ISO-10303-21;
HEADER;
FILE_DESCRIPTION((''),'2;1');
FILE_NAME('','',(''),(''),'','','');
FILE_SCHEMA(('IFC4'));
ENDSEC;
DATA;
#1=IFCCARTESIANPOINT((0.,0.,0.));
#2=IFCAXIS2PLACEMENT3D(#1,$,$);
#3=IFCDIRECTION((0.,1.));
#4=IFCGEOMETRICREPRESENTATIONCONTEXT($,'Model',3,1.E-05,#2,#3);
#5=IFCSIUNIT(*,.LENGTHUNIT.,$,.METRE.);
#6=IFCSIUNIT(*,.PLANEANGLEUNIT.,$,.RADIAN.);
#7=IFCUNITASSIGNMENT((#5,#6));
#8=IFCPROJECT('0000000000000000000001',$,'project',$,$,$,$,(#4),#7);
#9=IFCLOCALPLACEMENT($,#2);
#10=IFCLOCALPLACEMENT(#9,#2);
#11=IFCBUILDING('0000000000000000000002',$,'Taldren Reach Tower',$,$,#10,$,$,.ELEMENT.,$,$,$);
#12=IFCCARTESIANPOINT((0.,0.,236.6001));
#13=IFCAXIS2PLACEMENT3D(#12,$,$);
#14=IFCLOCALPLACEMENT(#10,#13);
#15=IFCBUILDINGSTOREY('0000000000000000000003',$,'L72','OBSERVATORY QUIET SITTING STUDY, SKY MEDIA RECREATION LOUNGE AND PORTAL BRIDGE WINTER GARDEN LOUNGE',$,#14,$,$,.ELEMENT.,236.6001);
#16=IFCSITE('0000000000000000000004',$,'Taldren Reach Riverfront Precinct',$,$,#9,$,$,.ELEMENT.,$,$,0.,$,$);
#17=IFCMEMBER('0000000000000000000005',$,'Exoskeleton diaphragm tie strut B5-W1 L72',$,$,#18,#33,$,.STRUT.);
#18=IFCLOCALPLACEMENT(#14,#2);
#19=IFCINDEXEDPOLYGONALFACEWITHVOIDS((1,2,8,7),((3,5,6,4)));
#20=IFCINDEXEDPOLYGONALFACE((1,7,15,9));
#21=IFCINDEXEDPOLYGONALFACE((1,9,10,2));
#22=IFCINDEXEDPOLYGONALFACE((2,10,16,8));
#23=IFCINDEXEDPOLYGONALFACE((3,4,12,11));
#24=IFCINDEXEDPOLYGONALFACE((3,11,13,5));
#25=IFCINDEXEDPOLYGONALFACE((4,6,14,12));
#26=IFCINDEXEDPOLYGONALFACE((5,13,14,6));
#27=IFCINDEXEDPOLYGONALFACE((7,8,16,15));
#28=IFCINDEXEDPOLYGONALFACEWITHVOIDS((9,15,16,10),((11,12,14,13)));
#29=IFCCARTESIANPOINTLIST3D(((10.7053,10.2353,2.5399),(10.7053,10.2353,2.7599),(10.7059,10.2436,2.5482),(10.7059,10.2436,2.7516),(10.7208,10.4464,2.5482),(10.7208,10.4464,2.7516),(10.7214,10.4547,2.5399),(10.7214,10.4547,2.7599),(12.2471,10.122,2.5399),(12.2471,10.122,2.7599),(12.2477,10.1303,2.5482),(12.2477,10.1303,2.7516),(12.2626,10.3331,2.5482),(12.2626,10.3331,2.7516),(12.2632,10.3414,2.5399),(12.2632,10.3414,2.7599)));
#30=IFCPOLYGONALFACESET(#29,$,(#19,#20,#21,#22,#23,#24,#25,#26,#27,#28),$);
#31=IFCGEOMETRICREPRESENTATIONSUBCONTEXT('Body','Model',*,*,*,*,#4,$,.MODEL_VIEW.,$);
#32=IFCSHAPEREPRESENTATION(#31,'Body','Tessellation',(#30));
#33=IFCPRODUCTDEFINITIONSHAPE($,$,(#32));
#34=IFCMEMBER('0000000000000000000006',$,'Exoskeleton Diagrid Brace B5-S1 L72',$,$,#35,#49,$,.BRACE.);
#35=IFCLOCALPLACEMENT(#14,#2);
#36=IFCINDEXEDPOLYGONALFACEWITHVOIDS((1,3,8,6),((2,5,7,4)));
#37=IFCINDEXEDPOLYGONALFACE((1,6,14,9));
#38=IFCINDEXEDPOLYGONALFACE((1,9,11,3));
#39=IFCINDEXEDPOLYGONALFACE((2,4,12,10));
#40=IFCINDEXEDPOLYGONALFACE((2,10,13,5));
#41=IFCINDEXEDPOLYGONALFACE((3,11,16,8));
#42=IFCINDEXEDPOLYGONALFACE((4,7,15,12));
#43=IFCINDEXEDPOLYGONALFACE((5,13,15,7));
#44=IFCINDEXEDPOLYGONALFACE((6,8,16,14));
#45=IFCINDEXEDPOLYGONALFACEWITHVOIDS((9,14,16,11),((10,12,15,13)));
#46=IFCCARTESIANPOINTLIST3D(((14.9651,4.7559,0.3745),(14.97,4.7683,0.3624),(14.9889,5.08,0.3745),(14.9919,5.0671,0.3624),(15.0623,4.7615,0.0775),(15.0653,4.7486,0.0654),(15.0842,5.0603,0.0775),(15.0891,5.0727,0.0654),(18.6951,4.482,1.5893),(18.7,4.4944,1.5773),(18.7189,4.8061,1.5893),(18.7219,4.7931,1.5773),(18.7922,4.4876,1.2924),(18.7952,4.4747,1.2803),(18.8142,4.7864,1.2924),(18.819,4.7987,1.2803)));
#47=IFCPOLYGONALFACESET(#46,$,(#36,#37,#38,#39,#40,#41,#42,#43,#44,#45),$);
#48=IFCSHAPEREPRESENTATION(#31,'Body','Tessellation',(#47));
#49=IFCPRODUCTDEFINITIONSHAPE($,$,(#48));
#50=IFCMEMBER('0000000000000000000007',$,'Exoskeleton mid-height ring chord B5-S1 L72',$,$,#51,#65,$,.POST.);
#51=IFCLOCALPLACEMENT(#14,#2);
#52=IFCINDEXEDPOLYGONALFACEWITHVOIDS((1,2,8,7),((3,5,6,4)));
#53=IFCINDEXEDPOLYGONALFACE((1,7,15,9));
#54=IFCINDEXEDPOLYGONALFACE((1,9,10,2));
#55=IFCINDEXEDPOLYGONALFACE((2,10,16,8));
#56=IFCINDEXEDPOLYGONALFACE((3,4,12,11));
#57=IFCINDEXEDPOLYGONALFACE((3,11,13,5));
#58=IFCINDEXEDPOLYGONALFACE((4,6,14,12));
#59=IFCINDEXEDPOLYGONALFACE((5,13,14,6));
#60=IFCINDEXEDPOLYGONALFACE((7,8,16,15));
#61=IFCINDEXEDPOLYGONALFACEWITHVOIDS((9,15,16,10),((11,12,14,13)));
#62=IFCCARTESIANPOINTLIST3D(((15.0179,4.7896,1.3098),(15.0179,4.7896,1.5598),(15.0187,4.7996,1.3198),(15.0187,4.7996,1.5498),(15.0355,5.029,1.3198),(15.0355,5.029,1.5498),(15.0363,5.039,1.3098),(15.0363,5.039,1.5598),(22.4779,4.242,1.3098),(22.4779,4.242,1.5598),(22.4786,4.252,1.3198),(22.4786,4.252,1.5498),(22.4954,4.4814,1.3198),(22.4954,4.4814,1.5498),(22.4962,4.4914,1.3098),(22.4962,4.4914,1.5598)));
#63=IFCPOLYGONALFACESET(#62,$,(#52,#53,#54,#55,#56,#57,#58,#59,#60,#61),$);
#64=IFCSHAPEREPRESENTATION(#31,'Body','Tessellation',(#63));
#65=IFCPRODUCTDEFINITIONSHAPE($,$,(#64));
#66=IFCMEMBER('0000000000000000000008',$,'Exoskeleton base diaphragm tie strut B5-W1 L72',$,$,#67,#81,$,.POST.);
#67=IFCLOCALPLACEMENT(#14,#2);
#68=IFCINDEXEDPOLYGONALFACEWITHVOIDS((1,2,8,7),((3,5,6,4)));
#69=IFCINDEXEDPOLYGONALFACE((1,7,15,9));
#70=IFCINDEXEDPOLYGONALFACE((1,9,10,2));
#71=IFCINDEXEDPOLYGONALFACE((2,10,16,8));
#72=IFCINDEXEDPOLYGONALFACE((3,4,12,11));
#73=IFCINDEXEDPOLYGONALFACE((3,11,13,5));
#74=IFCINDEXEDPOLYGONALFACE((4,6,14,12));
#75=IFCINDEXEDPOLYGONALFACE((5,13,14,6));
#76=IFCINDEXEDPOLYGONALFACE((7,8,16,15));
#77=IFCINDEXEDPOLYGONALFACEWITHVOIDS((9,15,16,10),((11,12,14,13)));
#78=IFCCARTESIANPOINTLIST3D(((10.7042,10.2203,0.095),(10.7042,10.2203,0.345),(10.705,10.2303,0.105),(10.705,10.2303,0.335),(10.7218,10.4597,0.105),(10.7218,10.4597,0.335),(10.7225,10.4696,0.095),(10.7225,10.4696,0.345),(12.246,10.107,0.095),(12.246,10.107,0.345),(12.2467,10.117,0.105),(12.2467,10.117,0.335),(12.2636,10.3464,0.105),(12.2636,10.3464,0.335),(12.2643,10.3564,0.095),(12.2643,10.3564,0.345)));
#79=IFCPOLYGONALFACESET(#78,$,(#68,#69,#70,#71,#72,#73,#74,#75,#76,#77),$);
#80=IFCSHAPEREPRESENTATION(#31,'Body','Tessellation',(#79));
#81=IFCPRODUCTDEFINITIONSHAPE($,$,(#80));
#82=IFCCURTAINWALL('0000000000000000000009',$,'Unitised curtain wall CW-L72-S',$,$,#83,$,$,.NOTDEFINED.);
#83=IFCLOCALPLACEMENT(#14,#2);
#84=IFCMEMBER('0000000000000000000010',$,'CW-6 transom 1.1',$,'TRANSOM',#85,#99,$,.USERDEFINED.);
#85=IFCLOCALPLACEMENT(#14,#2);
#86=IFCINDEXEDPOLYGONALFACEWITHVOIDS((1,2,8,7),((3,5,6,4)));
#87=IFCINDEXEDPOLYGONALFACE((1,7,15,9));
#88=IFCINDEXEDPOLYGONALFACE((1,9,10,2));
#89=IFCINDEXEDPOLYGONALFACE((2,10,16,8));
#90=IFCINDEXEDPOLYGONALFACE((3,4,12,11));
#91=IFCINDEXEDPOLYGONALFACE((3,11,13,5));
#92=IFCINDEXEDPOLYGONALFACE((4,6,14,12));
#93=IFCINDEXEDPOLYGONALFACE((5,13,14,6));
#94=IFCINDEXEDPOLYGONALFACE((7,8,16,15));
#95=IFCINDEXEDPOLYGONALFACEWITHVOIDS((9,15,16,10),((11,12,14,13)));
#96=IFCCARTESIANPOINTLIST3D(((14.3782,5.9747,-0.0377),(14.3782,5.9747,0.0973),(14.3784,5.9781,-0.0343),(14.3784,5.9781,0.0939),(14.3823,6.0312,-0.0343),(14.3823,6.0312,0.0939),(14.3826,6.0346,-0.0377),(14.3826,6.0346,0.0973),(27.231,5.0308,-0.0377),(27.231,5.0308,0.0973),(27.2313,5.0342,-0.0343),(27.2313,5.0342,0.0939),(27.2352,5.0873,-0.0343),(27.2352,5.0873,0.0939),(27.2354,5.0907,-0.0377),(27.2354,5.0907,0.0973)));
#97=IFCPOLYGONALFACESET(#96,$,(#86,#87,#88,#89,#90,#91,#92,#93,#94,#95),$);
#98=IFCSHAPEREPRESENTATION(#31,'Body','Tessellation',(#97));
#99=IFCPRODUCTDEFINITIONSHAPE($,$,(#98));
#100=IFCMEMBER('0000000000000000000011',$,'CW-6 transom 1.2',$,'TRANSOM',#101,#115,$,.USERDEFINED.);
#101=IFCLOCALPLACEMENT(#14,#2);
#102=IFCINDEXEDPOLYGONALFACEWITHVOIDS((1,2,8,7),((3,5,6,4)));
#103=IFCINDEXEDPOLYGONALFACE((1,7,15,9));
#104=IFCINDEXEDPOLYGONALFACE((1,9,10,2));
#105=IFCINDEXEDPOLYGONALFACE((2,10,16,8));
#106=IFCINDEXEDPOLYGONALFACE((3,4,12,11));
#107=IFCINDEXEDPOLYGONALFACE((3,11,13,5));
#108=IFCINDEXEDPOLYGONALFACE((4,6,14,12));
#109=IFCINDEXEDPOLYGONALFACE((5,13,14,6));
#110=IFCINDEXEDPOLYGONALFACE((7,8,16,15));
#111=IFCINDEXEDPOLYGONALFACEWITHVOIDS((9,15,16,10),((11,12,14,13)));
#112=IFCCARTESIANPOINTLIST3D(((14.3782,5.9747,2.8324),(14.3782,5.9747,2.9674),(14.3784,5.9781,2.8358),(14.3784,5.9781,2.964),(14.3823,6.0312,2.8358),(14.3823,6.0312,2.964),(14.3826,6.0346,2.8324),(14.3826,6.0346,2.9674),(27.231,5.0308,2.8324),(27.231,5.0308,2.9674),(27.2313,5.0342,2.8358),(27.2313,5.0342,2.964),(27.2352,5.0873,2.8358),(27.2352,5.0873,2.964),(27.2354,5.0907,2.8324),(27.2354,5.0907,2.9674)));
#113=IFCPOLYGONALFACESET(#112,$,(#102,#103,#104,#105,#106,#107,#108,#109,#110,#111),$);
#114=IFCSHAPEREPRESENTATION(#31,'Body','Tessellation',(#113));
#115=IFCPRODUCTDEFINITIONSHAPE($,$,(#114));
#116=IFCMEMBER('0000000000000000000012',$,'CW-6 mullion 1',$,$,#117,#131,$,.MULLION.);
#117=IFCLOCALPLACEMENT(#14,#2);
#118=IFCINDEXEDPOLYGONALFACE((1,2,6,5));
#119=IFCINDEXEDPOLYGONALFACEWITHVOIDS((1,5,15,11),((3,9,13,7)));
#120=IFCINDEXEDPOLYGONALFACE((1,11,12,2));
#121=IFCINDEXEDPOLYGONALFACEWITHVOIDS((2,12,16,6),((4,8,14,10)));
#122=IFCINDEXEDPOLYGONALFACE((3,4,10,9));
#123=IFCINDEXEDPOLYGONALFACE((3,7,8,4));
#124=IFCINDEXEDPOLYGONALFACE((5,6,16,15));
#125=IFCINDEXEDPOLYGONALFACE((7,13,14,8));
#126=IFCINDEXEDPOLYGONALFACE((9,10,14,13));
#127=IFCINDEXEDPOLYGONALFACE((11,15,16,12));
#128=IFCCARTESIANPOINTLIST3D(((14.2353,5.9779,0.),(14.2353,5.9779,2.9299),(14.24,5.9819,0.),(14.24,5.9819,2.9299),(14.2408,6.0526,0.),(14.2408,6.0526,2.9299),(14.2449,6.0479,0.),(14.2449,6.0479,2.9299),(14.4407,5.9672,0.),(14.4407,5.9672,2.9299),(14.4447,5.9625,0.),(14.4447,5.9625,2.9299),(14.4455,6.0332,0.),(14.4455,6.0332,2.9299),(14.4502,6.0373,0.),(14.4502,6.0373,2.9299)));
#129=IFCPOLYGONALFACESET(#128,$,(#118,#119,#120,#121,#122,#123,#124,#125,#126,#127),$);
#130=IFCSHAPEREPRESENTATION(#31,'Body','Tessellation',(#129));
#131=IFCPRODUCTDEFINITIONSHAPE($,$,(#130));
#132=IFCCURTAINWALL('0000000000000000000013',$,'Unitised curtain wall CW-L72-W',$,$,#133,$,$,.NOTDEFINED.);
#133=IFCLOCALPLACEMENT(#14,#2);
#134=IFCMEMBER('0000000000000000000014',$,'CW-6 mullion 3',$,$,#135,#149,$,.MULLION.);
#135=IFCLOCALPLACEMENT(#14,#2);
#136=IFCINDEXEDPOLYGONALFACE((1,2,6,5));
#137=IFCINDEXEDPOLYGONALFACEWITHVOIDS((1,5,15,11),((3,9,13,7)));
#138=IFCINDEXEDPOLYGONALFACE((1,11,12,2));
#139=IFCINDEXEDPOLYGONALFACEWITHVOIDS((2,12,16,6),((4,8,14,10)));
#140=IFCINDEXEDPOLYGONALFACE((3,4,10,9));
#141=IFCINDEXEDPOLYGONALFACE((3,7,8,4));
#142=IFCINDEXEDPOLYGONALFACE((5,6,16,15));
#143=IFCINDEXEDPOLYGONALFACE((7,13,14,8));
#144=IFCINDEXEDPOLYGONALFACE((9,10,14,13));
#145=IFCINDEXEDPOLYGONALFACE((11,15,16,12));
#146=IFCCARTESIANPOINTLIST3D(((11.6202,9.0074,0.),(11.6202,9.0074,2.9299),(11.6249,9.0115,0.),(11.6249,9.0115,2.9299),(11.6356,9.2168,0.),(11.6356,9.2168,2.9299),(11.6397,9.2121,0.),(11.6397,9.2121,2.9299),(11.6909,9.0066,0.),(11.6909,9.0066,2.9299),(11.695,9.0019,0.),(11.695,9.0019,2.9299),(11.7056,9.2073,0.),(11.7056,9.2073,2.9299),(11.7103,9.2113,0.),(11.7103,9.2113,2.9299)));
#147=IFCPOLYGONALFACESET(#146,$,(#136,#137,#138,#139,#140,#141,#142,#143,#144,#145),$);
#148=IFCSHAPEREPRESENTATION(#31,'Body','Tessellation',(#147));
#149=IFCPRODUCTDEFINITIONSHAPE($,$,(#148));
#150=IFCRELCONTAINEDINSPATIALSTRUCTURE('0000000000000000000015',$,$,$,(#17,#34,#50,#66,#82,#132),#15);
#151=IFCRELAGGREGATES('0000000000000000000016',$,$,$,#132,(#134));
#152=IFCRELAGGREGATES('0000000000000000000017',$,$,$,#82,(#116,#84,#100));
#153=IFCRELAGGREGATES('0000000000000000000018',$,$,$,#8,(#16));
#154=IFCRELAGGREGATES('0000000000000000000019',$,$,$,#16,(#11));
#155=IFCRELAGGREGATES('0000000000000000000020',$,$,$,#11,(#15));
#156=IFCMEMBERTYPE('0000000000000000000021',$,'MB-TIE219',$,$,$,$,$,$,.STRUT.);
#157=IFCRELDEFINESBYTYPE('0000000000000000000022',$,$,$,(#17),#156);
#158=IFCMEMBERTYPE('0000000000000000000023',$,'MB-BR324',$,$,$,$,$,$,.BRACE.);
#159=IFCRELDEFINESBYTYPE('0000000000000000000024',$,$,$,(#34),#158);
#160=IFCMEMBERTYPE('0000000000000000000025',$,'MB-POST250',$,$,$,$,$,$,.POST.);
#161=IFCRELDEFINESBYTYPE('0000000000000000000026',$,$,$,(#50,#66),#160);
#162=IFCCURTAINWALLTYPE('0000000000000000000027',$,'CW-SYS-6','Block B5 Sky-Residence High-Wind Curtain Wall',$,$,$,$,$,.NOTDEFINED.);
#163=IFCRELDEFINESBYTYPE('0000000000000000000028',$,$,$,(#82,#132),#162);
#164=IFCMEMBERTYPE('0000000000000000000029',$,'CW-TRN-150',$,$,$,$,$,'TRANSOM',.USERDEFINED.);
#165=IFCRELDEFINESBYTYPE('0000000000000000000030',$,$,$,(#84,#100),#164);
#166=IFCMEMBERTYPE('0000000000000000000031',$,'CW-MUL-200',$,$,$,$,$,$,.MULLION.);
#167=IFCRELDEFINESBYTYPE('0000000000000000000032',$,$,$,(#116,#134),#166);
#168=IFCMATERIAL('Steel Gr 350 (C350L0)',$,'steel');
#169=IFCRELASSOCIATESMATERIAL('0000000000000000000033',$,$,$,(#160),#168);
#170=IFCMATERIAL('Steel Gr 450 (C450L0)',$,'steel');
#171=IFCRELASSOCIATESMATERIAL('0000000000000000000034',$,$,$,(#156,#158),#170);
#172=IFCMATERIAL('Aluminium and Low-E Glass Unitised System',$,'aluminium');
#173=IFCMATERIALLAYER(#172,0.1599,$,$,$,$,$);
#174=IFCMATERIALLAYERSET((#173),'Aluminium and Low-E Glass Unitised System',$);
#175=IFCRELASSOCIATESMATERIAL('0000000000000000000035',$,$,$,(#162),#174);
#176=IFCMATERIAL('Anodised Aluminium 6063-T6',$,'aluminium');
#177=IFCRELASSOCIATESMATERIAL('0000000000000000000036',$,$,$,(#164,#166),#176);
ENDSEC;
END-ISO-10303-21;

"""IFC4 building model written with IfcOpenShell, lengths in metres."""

from ifc_helpers import new_model, si_unit, direction, frame, origin, origin_2d, place, context, subcontext, project, spatial, hollow_rectangle, extrude, source, transform, mapped, material, layer, layer_set, material_profile, profile_set, type_object, element, aggregate, save


model = new_model("IFC4")

# Units and contexts
model_context = context("Model", 3, precision=1e-05, world=origin(), true_north=direction((0.0, 1.0)))
body_context = subcontext(model_context, "Body", "Model", "MODEL_VIEW")
ifc_project = project(units=[si_unit("LENGTHUNIT", "METRE"), si_unit("PLANEANGLEUNIT", "RADIAN")], contexts=[model_context])

# Site, building, storey
site_placement = place(None, origin())
site = spatial("IfcSite", under=ifc_project, at=site_placement, Name="Taldren Reach Riverfront Precinct", CompositionType="ELEMENT", RefElevation=0.0)
building_placement = place(site_placement, origin())
building = spatial("IfcBuilding", under=site, at=building_placement, Name="Taldren Reach Tower", CompositionType="ELEMENT")
storey_placement = place(building_placement, frame((0.0, 0.0, 236.6001)))
storey = spatial("IfcBuildingStorey", under=building, at=storey_placement, Name="L72", Description="OBSERVATORY QUIET SITTING STUDY, SKY MEDIA RECREATION LOUNGE AND PORTAL BRIDGE WINTER GARDEN LOUNGE", CompositionType="ELEMENT", Elevation=236.6001)

# Shared definitions
ifc_material_1 = material(Name="Steel Gr 350 (C350L0)", Category="steel")

# Shared definitions
ifc_material_profile_1 = material_profile(ifc_material_1, hollow_rectangle(XDim=0.25, YDim=0.25, WallThickness=0.01, at=origin_2d()), Name="250x250x10.0SHS")
ifc_profile_set_1 = profile_set([ifc_material_profile_1], Name="Steel Gr 350 (C350L0)")
member_type_1 = type_object("IfcMemberType", Name="MB-POST250", PredefinedType="POST", material=ifc_profile_set_1)
ifc_material_2 = material(Name="Steel Gr 450 (C450L0)", Category="steel")
ifc_material_profile_2 = material_profile(ifc_material_2, hollow_rectangle(XDim=0.22, YDim=0.22, WallThickness=0.0083, at=origin_2d()), Name="220x220x8.2SHS")
ifc_profile_set_2 = profile_set([ifc_material_profile_2], Name="Steel Gr 450 (C450L0)")
member_type_2 = type_object("IfcMemberType", Name="MB-TIE219", PredefinedType="STRUT", material=ifc_profile_set_2)

# Members
shared_shape_1 = source(origin(), body_context, "Body", "SweptSolid", [
    extrude(hollow_rectangle(XDim=0.22, YDim=0.22, WallThickness=0.0083, at=origin_2d()), origin(), (0.0, 0.0, 1.0), 1.5459),
])
member_1_placement = place(storey_placement, frame((12.2551, 10.2317, 2.6499), z_axis=(-0.997312, 0.073278, 0.0), x_axis=(-0.073278, -0.997312, 0.0)))
element("IfcMember", 1, at=member_1_placement, inside=storey, type_object=member_type_2, Name="Exoskeleton diaphragm tie strut B5-W1 L72", PredefinedType="STRUT", context=body_context, shape_type="MappedRepresentation", body=[
    mapped(shared_shape_1, transform((0.0, 0.0, 0.0), scale=1.0)),
])
ifc_material_profile_3 = material_profile(ifc_material_2, hollow_rectangle(XDim=0.325, YDim=0.325, WallThickness=0.0127, at=origin_2d()), Name="325x325x12.7SHS")
ifc_profile_set_3 = profile_set([ifc_material_profile_3], Name="Steel Gr 450 (C450L0)")
member_type_3 = type_object("IfcMemberType", Name="MB-BR324", PredefinedType="BRACE", material=ifc_profile_set_3)
shared_shape_2 = source(origin(), body_context, "Body", "SweptSolid", [
    extrude(hollow_rectangle(XDim=0.325, YDim=0.325, WallThickness=0.0127, at=origin_2d()), origin(), (0.0, 0.0, 1.0), 3.9324),
])
member_2_placement = place(storey_placement, frame((15.0271, 4.9143, 0.22), z_axis=(0.948529, -0.069659, 0.308933), x_axis=(0.073242, 0.997314, 0.0)))
element("IfcMember", 2, at=member_2_placement, inside=storey, type_object=member_type_3, Name="Exoskeleton Diagrid Brace B5-S1 L72", PredefinedType="BRACE", context=body_context, shape_type="MappedRepresentation", body=[
    mapped(shared_shape_2, transform((0.0, 0.0, 0.0), scale=1.0)),
])
shared_shape_3 = source(origin(), body_context, "Body", "SweptSolid", [
    extrude(hollow_rectangle(XDim=0.25, YDim=0.25, WallThickness=0.01, at=origin_2d()), origin(), (0.0, 0.0, 1.0), 7.48),
])
member_3_placement = place(storey_placement, frame((15.0271, 4.9143, 1.4348), z_axis=(0.997317, -0.073209, 0.0), x_axis=(0.073209, 0.997317, 0.0)))
element("IfcMember", 3, at=member_3_placement, inside=storey, type_object=member_type_1, Name="Exoskeleton mid-height ring chord B5-S1 L72", PredefinedType="POST", context=body_context, shape_type="MappedRepresentation", body=[
    mapped(shared_shape_3, transform((0.0, 0.0, 0.0), scale=1.0)),
])
shared_shape_4 = source(origin(), body_context, "Body", "SweptSolid", [
    extrude(hollow_rectangle(XDim=0.25, YDim=0.25, WallThickness=0.01, at=origin_2d()), origin(), (0.0, 0.0, 1.0), 1.5459),
])
member_4_placement = place(storey_placement, frame((12.2551, 10.2317, 0.22), z_axis=(-0.997312, 0.073278, 0.0), x_axis=(-0.073278, -0.997312, 0.0)))
element("IfcMember", 4, at=member_4_placement, inside=storey, type_object=member_type_1, Name="Exoskeleton base diaphragm tie strut B5-W1 L72", PredefinedType="POST", context=body_context, shape_type="MappedRepresentation", body=[
    mapped(shared_shape_4, transform((0.0, 0.0, 0.0), scale=1.0)),
])

# Curtain wall, members
ifc_material_3 = material(Name="Aluminium and Low-E Glass Unitised System", Category="aluminium")
ifc_layer_1 = layer(ifc_material_3, 0.1599)
ifc_layer_set_1 = layer_set([ifc_layer_1], Name="Aluminium and Low-E Glass Unitised System")
curtain_wall_type = type_object("IfcCurtainWallType", Name="CW-SYS-6", Description="Block B5 Sky-Residence High-Wind Curtain Wall", PredefinedType="NOTDEFINED", material=ifc_layer_set_1)
curtain_wall_1_placement = place(storey_placement, origin())
curtain_wall_1 = element("IfcCurtainWall", 5, at=curtain_wall_1_placement, inside=storey, type_object=curtain_wall_type, Name="Unitised curtain wall CW-L72-S", PredefinedType="NOTDEFINED")
ifc_material_4 = material(Name="Anodised Aluminium 6063-T6", Category="aluminium")
ifc_material_profile_4 = material_profile(ifc_material_4, hollow_rectangle(XDim=0.0601, YDim=0.135, WallThickness=0.0034, at=origin_2d()), Name="ALU-135x60x3.5RHS")
ifc_profile_set_4 = profile_set([ifc_material_profile_4], Name="Anodised Aluminium 6063-T6")
member_type_4 = type_object("IfcMemberType", Name="CW-TRN-150", ElementType="TRANSOM", PredefinedType="USERDEFINED", material=ifc_profile_set_4)
shared_shape_5 = source(origin(), body_context, "Body", "SweptSolid", [
    extrude(hollow_rectangle(XDim=0.0601, YDim=0.135, WallThickness=0.0034, at=origin_2d()), origin(), (0.0, 0.0, 1.0), 12.8875),
])
member_5_placement = place(storey_placement, frame((14.3804, 6.0046, 0.0298), z_axis=(0.997314, -0.073238, 0.0), x_axis=(0.073238, 0.997314, 0.0)))
member_5 = element("IfcMember", 6, at=member_5_placement, type_object=member_type_4, Name="CW-6 transom 1.1", ObjectType="TRANSOM", PredefinedType="USERDEFINED", context=body_context, shape_type="MappedRepresentation", body=[
    mapped(shared_shape_5, transform((0.0, 0.0, 0.0), scale=1.0)),
])
member_6_placement = place(storey_placement, frame((14.3804, 6.0046, 2.8999), z_axis=(0.997314, -0.073238, 0.0), x_axis=(0.073238, 0.997314, 0.0)))
member_6 = element("IfcMember", 7, at=member_6_placement, type_object=member_type_4, Name="CW-6 transom 1.2", ObjectType="TRANSOM", PredefinedType="USERDEFINED", context=body_context, shape_type="MappedRepresentation", body=[
    mapped(shared_shape_5, transform((0.0, 0.0, 0.0), scale=1.0)),
])
ifc_material_profile_5 = material_profile(ifc_material_4, hollow_rectangle(XDim=0.075, YDim=0.21, WallThickness=0.0044, at=origin_2d()), Name="ALU-210x75x4.5RHS")
ifc_profile_set_5 = profile_set([ifc_material_profile_5], Name="Anodised Aluminium 6063-T6")
member_type_5 = type_object("IfcMemberType", Name="CW-MUL-200", PredefinedType="MULLION", material=ifc_profile_set_5)
shared_shape_6 = source(origin(), body_context, "Body", "SweptSolid", [
    extrude(hollow_rectangle(XDim=0.075, YDim=0.21, WallThickness=0.0044, at=origin_2d()), origin(), (0.0, 0.0, 1.0), 2.9299),
])
member_7_placement = place(storey_placement, frame((14.3428, 6.0076, 0.0), z_axis=(0.0, 0.0, 1.0), x_axis=(0.073238, 0.997314, 0.0)))
member_7 = element("IfcMember", 8, at=member_7_placement, type_object=member_type_5, Name="CW-6 mullion 1", PredefinedType="MULLION", context=body_context, shape_type="MappedRepresentation", body=[
    mapped(shared_shape_6, transform((0.0, 0.0, 0.0), scale=1.0)),
])

# Curtain wall, member
curtain_wall_2_placement = place(storey_placement, origin())
curtain_wall_2 = element("IfcCurtainWall", 9, at=curtain_wall_2_placement, inside=storey, type_object=curtain_wall_type, Name="Unitised curtain wall CW-L72-W", PredefinedType="NOTDEFINED")
member_8_placement = place(storey_placement, frame((11.6653, 9.1094, 0.0), z_axis=(0.0, 0.0, 1.0), x_axis=(0.997314, -0.073238, 0.0)))
member_8 = element("IfcMember", 10, at=member_8_placement, type_object=member_type_5, Name="CW-6 mullion 3", PredefinedType="MULLION", context=body_context, shape_type="MappedRepresentation", body=[
    mapped(shared_shape_6, transform((0.0, 0.0, 0.0), scale=1.0)),
])
aggregate(curtain_wall_2, [member_8])

aggregate(curtain_wall_1, [member_7, member_5, member_6])

save(model, "model.ifc")
